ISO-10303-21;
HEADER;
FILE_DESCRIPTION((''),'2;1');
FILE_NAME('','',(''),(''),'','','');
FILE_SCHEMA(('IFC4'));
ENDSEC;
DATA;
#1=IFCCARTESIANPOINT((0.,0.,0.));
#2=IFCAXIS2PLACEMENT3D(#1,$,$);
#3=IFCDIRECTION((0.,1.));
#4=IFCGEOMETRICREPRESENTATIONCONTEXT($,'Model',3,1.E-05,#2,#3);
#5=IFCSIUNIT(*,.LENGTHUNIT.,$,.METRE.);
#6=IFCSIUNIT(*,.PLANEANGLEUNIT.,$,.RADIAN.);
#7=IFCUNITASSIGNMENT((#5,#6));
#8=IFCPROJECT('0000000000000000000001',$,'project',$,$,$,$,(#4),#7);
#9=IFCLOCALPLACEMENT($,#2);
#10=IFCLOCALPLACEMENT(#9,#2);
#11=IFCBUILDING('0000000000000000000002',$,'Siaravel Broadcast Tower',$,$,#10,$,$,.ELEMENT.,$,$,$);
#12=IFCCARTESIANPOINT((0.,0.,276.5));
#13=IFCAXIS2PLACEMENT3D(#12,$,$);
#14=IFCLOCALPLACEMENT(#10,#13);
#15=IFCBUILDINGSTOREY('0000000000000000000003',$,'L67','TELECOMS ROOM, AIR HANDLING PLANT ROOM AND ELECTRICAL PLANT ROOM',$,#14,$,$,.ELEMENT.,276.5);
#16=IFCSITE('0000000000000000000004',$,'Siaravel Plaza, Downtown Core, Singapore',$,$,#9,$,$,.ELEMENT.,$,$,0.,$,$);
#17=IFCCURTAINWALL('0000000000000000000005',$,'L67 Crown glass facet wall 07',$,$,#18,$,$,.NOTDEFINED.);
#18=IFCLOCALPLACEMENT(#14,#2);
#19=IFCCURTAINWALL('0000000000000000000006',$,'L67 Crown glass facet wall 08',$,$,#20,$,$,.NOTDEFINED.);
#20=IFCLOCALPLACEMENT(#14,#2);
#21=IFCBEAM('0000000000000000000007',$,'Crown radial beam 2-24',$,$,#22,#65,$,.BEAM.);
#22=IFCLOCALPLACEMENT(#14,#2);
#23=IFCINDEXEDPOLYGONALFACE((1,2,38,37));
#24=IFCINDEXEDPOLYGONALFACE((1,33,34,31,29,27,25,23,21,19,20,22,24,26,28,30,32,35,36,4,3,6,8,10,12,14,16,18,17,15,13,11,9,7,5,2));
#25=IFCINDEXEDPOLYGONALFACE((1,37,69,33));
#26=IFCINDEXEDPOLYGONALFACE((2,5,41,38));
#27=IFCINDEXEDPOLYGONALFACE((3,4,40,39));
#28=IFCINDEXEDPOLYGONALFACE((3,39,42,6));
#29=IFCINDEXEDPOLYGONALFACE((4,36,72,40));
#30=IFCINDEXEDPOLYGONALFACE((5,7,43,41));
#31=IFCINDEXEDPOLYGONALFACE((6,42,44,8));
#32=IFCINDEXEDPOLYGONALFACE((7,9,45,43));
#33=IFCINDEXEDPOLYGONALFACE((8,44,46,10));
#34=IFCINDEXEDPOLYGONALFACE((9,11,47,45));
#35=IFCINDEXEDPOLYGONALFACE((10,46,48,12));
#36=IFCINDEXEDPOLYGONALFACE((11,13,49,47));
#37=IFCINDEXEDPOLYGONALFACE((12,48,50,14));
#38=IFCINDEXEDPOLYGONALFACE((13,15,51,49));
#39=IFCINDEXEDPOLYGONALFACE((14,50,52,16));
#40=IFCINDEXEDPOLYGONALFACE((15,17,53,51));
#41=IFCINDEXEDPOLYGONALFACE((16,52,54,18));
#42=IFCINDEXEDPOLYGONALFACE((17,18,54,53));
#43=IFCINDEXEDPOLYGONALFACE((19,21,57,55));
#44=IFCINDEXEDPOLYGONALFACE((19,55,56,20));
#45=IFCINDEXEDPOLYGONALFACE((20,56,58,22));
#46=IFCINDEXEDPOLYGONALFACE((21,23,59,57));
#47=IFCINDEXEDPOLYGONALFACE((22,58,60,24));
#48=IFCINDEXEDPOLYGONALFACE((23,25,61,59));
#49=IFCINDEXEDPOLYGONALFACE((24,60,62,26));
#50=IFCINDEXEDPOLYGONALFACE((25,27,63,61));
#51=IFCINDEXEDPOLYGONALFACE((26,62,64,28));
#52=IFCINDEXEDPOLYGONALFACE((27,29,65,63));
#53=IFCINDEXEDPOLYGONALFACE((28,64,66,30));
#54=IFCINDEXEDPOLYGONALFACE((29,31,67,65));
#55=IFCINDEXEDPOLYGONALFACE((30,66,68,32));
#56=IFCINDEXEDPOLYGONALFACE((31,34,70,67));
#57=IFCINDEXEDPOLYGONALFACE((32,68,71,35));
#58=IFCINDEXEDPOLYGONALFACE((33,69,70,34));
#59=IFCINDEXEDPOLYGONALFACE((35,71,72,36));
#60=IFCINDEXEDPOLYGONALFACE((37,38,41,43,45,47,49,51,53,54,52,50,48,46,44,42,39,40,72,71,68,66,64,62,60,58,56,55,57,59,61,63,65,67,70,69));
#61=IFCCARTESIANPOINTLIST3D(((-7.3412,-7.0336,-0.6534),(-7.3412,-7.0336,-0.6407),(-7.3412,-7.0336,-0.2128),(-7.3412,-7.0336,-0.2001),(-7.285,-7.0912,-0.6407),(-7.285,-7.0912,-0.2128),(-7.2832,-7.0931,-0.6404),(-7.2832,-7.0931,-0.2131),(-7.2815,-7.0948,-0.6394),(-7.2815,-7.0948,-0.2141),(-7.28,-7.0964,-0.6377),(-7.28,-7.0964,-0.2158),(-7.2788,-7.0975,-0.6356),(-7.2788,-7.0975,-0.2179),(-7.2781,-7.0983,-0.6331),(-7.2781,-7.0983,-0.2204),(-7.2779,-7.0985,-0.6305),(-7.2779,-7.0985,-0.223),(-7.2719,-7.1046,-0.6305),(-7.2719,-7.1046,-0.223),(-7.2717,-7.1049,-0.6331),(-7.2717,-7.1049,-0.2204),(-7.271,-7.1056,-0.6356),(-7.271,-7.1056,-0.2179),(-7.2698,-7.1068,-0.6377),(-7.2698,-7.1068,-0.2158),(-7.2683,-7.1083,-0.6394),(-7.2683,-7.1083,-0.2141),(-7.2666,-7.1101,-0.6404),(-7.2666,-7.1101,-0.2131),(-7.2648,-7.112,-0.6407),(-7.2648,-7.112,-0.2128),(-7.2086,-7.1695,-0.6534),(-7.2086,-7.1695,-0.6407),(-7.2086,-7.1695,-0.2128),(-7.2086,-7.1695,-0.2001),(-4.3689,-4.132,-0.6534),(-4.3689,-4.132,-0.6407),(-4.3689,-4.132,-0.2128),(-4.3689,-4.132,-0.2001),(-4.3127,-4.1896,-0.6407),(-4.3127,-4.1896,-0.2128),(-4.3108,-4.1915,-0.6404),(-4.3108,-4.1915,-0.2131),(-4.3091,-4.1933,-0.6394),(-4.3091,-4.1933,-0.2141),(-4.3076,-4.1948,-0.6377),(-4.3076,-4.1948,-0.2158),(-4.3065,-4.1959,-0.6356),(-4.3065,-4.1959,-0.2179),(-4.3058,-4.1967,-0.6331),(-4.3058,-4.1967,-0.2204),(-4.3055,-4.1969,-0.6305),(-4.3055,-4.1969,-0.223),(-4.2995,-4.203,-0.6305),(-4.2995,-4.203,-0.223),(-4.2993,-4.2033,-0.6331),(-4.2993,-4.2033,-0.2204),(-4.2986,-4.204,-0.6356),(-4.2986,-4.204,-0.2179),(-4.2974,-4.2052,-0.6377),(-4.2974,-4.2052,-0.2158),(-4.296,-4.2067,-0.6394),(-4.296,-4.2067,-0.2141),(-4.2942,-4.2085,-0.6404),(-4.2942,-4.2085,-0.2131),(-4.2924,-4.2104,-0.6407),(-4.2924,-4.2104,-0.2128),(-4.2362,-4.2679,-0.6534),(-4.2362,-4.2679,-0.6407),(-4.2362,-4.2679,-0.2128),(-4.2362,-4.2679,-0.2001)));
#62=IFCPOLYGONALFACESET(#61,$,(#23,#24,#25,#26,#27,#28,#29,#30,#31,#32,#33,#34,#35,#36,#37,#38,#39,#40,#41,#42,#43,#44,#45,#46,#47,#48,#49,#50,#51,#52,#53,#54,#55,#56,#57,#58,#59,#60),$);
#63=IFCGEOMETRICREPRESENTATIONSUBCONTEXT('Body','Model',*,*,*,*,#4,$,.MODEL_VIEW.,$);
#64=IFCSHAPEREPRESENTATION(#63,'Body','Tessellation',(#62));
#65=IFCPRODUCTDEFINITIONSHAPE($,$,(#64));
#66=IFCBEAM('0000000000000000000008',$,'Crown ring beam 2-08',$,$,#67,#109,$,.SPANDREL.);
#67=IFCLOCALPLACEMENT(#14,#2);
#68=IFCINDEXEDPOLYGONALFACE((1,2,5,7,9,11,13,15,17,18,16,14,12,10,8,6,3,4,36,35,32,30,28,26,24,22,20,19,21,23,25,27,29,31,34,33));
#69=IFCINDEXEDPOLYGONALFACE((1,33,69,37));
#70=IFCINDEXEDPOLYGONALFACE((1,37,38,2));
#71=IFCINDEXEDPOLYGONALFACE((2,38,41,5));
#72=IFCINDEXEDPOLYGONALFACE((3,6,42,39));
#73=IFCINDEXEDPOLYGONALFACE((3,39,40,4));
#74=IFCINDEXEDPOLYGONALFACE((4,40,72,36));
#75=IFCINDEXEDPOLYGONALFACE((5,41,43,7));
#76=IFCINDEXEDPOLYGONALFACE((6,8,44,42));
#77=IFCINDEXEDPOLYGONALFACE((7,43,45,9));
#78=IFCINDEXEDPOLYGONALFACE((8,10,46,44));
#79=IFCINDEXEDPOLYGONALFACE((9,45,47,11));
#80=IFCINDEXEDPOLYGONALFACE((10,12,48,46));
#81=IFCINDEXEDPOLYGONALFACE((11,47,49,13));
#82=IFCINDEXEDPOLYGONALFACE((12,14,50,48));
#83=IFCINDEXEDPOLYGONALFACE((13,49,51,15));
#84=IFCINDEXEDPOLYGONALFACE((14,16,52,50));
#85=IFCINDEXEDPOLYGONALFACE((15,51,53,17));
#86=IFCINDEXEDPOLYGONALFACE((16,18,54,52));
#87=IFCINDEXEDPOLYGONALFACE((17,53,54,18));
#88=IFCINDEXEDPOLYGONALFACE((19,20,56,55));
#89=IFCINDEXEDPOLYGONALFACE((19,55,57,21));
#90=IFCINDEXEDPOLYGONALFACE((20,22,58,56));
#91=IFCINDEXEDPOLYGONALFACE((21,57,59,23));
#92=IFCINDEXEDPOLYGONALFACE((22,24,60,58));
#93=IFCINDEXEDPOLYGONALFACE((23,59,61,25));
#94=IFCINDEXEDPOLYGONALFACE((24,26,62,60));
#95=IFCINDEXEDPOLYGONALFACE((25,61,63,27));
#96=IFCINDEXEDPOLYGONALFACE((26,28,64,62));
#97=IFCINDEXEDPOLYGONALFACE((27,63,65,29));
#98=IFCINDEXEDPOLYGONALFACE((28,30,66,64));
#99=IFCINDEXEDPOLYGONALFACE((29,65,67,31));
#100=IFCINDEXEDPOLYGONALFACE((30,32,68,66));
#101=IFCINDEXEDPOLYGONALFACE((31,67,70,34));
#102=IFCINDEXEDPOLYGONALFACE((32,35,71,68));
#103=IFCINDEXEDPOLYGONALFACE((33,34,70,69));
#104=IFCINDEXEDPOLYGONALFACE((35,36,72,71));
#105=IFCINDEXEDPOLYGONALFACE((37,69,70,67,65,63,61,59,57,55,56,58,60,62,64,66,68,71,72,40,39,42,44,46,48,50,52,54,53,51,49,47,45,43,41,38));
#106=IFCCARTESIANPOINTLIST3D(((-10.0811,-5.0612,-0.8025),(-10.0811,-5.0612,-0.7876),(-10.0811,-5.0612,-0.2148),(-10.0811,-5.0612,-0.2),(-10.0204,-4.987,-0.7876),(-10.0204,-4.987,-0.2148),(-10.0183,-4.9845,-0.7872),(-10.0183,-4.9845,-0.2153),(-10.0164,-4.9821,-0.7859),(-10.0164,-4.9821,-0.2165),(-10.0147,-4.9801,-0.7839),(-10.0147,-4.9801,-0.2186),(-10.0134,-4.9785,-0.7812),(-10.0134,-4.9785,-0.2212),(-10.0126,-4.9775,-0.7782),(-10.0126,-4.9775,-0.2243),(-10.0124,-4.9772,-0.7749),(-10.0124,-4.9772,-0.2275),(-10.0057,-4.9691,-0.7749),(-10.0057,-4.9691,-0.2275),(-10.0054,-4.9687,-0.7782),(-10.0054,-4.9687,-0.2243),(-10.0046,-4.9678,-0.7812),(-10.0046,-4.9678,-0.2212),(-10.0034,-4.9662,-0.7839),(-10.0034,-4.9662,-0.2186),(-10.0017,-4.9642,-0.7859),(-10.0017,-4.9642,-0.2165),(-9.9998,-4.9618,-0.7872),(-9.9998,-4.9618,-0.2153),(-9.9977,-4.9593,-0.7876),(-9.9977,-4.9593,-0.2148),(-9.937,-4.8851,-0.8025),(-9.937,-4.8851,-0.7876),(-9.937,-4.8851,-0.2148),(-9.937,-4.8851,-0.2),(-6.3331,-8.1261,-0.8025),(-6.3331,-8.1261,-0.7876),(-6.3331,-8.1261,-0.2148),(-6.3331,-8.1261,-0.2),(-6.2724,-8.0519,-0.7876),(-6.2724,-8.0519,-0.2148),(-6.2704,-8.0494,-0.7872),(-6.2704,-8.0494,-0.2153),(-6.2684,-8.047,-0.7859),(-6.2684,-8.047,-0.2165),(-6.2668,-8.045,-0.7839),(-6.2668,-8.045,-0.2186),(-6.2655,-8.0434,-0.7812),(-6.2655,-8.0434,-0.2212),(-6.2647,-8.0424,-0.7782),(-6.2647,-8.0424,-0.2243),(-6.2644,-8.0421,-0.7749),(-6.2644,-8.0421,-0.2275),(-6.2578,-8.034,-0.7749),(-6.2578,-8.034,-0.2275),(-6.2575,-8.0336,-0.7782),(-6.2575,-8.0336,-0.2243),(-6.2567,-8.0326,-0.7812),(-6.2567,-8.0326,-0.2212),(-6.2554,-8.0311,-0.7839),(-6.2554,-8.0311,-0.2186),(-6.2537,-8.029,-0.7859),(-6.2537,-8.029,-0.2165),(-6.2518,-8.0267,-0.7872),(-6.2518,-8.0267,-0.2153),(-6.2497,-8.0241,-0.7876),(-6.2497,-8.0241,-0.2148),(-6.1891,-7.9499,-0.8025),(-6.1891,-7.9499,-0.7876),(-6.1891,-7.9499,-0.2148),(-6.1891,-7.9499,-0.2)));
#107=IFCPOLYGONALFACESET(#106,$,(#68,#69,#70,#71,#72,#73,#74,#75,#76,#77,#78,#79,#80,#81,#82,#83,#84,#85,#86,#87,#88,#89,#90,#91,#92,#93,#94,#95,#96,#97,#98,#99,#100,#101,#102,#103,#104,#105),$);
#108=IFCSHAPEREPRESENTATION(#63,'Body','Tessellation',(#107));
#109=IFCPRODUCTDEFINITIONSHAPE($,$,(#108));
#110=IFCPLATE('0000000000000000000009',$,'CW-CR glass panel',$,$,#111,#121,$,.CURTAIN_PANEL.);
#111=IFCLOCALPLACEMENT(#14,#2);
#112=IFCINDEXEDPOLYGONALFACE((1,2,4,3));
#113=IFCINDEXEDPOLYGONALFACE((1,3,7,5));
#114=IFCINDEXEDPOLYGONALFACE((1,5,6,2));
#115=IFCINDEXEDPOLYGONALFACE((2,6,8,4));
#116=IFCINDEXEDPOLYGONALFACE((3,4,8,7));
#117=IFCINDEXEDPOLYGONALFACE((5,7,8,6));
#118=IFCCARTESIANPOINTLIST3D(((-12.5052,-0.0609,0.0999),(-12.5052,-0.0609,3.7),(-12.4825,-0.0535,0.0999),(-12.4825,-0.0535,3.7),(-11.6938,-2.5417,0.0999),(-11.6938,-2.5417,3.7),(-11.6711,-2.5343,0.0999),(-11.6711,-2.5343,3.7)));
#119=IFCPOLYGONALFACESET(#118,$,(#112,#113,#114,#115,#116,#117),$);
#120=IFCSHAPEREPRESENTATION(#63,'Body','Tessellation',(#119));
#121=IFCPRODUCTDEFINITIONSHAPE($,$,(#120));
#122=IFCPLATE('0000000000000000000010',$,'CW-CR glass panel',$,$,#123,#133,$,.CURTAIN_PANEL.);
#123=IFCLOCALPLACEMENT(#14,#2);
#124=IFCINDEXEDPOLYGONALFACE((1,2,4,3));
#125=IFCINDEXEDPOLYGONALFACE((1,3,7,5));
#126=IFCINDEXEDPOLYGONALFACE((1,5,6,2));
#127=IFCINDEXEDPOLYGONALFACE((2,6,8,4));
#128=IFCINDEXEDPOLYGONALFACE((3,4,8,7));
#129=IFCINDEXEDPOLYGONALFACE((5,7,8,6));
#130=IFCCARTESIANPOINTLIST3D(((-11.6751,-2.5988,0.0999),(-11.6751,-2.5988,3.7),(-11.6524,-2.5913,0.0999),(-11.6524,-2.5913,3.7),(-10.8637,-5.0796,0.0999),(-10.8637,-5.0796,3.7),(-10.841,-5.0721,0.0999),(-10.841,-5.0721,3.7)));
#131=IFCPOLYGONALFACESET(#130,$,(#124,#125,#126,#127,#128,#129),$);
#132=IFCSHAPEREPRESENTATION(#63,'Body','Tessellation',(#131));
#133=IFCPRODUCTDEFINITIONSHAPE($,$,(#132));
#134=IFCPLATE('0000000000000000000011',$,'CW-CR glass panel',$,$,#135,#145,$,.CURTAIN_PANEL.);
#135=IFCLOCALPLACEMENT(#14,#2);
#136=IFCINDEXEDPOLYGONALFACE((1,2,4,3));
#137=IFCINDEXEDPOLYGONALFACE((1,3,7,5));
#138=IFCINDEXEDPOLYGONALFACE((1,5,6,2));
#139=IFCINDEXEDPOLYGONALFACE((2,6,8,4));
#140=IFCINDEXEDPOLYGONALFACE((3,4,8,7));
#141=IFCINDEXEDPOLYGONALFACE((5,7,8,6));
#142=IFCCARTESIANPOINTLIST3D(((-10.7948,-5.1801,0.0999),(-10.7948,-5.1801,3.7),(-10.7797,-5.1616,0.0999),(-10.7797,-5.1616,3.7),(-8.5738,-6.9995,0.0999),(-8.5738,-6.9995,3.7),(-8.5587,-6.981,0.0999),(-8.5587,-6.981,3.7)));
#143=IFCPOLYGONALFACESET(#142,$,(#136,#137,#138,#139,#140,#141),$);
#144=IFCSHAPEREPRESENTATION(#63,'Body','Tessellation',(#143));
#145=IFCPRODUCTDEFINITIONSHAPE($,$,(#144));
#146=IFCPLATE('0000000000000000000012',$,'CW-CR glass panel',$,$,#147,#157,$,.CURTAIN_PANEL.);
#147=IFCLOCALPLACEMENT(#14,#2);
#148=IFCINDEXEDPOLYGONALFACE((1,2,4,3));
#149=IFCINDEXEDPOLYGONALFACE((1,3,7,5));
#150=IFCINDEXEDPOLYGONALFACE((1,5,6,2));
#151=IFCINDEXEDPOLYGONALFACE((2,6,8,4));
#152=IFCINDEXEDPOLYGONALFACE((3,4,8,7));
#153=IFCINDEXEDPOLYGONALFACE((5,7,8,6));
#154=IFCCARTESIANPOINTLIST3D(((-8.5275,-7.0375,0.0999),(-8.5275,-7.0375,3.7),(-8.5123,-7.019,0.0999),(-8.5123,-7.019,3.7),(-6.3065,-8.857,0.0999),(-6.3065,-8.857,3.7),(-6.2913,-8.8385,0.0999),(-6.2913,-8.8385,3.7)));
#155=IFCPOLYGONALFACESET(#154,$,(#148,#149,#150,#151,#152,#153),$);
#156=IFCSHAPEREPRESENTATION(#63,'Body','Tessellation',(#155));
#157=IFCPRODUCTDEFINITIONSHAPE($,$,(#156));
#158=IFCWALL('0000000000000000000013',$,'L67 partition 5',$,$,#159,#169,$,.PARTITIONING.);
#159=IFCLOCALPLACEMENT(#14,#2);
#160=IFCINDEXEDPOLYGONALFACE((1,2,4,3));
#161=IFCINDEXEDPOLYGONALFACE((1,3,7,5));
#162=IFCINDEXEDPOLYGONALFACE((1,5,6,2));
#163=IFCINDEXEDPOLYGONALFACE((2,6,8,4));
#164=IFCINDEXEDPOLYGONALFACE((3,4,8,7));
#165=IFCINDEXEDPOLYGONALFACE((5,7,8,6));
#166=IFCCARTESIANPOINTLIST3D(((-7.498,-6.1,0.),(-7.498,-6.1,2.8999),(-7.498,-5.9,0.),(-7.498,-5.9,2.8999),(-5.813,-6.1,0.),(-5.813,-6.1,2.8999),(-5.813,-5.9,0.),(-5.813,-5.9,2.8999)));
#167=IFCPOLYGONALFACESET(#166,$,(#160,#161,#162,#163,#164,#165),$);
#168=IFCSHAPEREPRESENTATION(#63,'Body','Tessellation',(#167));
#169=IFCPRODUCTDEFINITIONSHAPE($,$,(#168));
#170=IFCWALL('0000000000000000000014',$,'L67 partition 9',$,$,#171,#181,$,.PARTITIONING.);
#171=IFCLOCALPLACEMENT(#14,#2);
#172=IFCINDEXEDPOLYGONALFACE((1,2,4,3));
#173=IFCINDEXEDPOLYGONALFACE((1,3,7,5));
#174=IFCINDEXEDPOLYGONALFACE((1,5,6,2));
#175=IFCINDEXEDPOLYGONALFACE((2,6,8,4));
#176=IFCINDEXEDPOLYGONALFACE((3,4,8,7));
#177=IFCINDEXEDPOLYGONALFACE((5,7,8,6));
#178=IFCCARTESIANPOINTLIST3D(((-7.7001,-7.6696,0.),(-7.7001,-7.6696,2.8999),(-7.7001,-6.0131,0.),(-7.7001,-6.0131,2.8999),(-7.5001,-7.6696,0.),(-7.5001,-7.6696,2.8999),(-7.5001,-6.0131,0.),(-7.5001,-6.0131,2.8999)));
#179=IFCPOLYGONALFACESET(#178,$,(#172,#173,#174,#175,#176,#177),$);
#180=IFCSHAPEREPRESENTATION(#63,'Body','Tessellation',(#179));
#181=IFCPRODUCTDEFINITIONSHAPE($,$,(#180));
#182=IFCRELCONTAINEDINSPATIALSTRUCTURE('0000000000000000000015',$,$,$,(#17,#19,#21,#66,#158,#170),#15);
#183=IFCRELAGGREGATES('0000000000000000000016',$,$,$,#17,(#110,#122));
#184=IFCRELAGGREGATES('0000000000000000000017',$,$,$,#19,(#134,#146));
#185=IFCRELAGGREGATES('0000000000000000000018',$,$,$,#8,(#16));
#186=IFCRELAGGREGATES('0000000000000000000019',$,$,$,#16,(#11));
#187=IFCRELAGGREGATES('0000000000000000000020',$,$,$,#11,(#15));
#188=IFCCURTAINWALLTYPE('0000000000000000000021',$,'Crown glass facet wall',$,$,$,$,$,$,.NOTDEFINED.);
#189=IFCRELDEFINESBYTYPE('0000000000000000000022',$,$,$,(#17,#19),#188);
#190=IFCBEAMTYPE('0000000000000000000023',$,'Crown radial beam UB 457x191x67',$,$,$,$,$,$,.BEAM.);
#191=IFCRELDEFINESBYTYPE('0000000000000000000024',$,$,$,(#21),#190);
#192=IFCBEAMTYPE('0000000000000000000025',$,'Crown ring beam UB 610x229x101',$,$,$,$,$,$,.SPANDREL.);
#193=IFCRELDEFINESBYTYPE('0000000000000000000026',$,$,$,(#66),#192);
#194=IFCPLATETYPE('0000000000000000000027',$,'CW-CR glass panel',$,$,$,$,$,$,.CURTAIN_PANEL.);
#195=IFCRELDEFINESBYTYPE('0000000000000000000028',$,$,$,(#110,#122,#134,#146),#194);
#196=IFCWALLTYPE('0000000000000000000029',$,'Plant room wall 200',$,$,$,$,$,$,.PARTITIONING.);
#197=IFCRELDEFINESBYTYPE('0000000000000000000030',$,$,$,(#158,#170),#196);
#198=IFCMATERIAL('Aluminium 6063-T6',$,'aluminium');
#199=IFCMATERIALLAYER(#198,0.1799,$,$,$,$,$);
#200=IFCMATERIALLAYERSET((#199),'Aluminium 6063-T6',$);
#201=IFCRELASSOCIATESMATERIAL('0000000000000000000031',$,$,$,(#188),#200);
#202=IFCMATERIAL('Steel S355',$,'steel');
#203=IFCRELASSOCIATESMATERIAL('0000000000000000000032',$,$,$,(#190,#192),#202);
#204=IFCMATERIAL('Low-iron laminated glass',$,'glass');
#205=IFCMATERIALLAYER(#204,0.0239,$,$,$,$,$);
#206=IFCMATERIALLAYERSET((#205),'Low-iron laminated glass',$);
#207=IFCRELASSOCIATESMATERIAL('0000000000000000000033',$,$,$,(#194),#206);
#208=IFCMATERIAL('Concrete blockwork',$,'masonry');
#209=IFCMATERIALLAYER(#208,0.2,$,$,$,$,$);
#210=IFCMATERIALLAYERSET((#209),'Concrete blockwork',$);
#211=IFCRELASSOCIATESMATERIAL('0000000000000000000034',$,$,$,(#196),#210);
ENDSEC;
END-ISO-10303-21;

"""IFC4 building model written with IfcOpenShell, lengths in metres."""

from ifc_helpers import new_model, si_unit, direction, frame, frame_2d, origin, origin_2d, place, context, subcontext, project, spatial, rectangle, i_section, extrude, material, layer, layer_set, material_profile, profile_set, type_object, element, aggregate, save


model = new_model("IFC4")

# Units and contexts
model_context = context("Model", 3, precision=1e-05, world=origin(), true_north=direction((0.0, 1.0)))
body_context = subcontext(model_context, "Body", "Model", "MODEL_VIEW")
ifc_project = project(units=[si_unit("LENGTHUNIT", "METRE"), si_unit("PLANEANGLEUNIT", "RADIAN")], contexts=[model_context])

# Site, building, storey
site_placement = place(None, origin())
site = spatial("IfcSite", under=ifc_project, at=site_placement, Name="Siaravel Plaza, Downtown Core, Singapore", CompositionType="ELEMENT", RefElevation=0.0)
building_placement = place(site_placement, origin())
building = spatial("IfcBuilding", under=site, at=building_placement, Name="Siaravel Broadcast Tower", CompositionType="ELEMENT")
storey_placement = place(building_placement, frame((0.0, 0.0, 276.5)))
storey = spatial("IfcBuildingStorey", under=building, at=storey_placement, Name="L67", Description="TELECOMS ROOM, AIR HANDLING PLANT ROOM AND ELECTRICAL PLANT ROOM", CompositionType="ELEMENT", Elevation=276.5)

# Curtain walls
ifc_material_1 = material(Name="Aluminium 6063-T6", Category="aluminium")
ifc_layer_1 = layer(ifc_material_1, 0.1799)
ifc_layer_set_1 = layer_set([ifc_layer_1], Name="Aluminium 6063-T6")
curtain_wall_type = type_object("IfcCurtainWallType", Name="Crown glass facet wall", PredefinedType="NOTDEFINED", material=ifc_layer_set_1)
curtain_wall_1_placement = place(storey_placement, origin())
curtain_wall_1 = element("IfcCurtainWall", 1, at=curtain_wall_1_placement, inside=storey, type_object=curtain_wall_type, Name="L67 Crown glass facet wall 07", PredefinedType="NOTDEFINED")
curtain_wall_2_placement = place(storey_placement, origin())
curtain_wall_2 = element("IfcCurtainWall", 2, at=curtain_wall_2_placement, inside=storey, type_object=curtain_wall_type, Name="L67 Crown glass facet wall 08", PredefinedType="NOTDEFINED")

# Beams
ifc_material_2 = material(Name="Steel S355", Category="steel")
ifc_material_profile_1 = material_profile(ifc_material_2, i_section(OverallWidth=0.1899, OverallDepth=0.4534, WebThickness=0.0085, FlangeThickness=0.0127, FilletRadius=0.0103, at=origin_2d()))
ifc_profile_set_1 = profile_set([ifc_material_profile_1], Name="Steel S355")
beam_type_1 = type_object("IfcBeamType", Name="Crown radial beam UB 457x191x67", PredefinedType="BEAM", material=ifc_profile_set_1)
beam_1_placement = place(storey_placement, frame((-7.2749, -7.1016, -0.4268), z_axis=(0.715578, 0.698533, 0.0), x_axis=(-0.698533, 0.715578, 0.0)))
element("IfcBeam", 3, at=beam_1_placement, inside=storey, type_object=beam_type_1, Name="Crown radial beam 2-24", PredefinedType="BEAM", context=body_context, shape_type="SweptSolid", body=[
    extrude(i_section(OverallWidth=0.1899, OverallDepth=0.4534, WebThickness=0.0085, FlangeThickness=0.0127, FilletRadius=0.0103, at=origin_2d()), origin(), (0.0, 0.0, 1.0), 4.1538),
])
ifc_material_profile_2 = material_profile(ifc_material_2, i_section(OverallWidth=0.2275, OverallDepth=0.6025, WebThickness=0.0105, FlangeThickness=0.0149, FilletRadius=0.0127, at=origin_2d()))
ifc_profile_set_2 = profile_set([ifc_material_profile_2], Name="Steel S355")
beam_type_2 = type_object("IfcBeamType", Name="Crown ring beam UB 610x229x101", PredefinedType="SPANDREL", material=ifc_profile_set_2)
beam_2_placement = place(storey_placement, frame((-10.009, -4.9731, -0.5012), z_axis=(0.774124, -0.633035, 0.0), x_axis=(0.633035, 0.774124, 0.0)))
element("IfcBeam", 4, at=beam_2_placement, inside=storey, type_object=beam_type_2, Name="Crown ring beam 2-08", PredefinedType="SPANDREL", context=body_context, shape_type="SweptSolid", body=[
    extrude(i_section(OverallWidth=0.2275, OverallDepth=0.6025, WebThickness=0.0105, FlangeThickness=0.0149, FilletRadius=0.0127, at=origin_2d()), origin(), (0.0, 0.0, 1.0), 4.8416),
])

# Plates
ifc_material_3 = material(Name="Low-iron laminated glass", Category="glass")
ifc_layer_2 = layer(ifc_material_3, 0.0239)
ifc_layer_set_2 = layer_set([ifc_layer_2], Name="Low-iron laminated glass")
plate_type = type_object("IfcPlateType", Name="CW-CR glass panel", PredefinedType="CURTAIN_PANEL", material=ifc_layer_set_2)
plate_1_placement = place(storey_placement, frame((-12.0881, -1.2976, 0.0999), z_axis=(0.0, 0.0, 1.0), x_axis=(0.31086, -0.950456, 0.0)))
plate_1 = element("IfcPlate", 5, at=plate_1_placement, type_object=plate_type, Name="CW-CR glass panel", PredefinedType="CURTAIN_PANEL", context=body_context, shape_type="SweptSolid", body=[
    extrude(rectangle(XDim=2.6101, YDim=0.0239, at=origin_2d()), origin(), (0.0, 0.0, 1.0), 3.6001),
])
plate_2_placement = place(storey_placement, frame((-11.2581, -3.8354, 0.0999), z_axis=(0.0, 0.0, 1.0), x_axis=(0.31086, -0.950456, 0.0)))
plate_2 = element("IfcPlate", 6, at=plate_2_placement, type_object=plate_type, Name="CW-CR glass panel", PredefinedType="CURTAIN_PANEL", context=body_context, shape_type="SweptSolid", body=[
    extrude(rectangle(XDim=2.6101, YDim=0.0239, at=origin_2d()), origin(), (0.0, 0.0, 1.0), 3.6001),
])
aggregate(curtain_wall_1, [plate_1, plate_2])
plate_3_placement = place(storey_placement, frame((-9.6768, -6.0806, 0.0999), z_axis=(0.0, 0.0, 1.0), x_axis=(0.773569, -0.633713, 0.0)))
plate_3 = element("IfcPlate", 7, at=plate_3_placement, type_object=plate_type, Name="CW-CR glass panel", PredefinedType="CURTAIN_PANEL", context=body_context, shape_type="SweptSolid", body=[
    extrude(rectangle(XDim=2.8711, YDim=0.0239, at=origin_2d()), origin(), (0.0, 0.0, 1.0), 3.6001),
])
plate_4_placement = place(storey_placement, frame((-7.4094, -7.938, 0.0999), z_axis=(0.0, 0.0, 1.0), x_axis=(0.773569, -0.633713, 0.0)))
plate_4 = element("IfcPlate", 8, at=plate_4_placement, type_object=plate_type, Name="CW-CR glass panel", PredefinedType="CURTAIN_PANEL", context=body_context, shape_type="SweptSolid", body=[
    extrude(rectangle(XDim=2.8711, YDim=0.0239, at=origin_2d()), origin(), (0.0, 0.0, 1.0), 3.6001),
])
aggregate(curtain_wall_2, [plate_3, plate_4])

# Walls
ifc_material_4 = material(Name="Concrete blockwork", Category="masonry")
ifc_layer_3 = layer(ifc_material_4, 0.2)
ifc_layer_set_3 = layer_set([ifc_layer_3], Name="Concrete blockwork")
wall_type = type_object("IfcWallType", Name="Plant room wall 200", PredefinedType="PARTITIONING", material=ifc_layer_set_3)
wall_1_placement = place(storey_placement, frame((-7.498, -6.0, 0.0), z_axis=(0.0, 0.0, 1.0), x_axis=(1.0, 0.0, 0.0)))
element("IfcWall", 9, at=wall_1_placement, inside=storey, type_object=wall_type, Name="L67 partition 5", PredefinedType="PARTITIONING", context=body_context, shape_type="SweptSolid", body=[
    extrude(rectangle(XDim=1.6851, YDim=0.2, at=frame_2d((0.8425, 0.0))), origin(), (0.0, 0.0, 1.0), 2.8999),
])
wall_2_placement = place(storey_placement, frame((-7.6001, -7.6694, 0.0), z_axis=(0.0, 0.0, 1.0), x_axis=(0.0, 1.0, 0.0)))
element("IfcWall", 10, at=wall_2_placement, inside=storey, type_object=wall_type, Name="L67 partition 9", PredefinedType="PARTITIONING", context=body_context, shape_type="SweptSolid", body=[
    extrude(rectangle(XDim=1.6565, YDim=0.2, at=frame_2d((0.8281, 0.0))), origin(), (0.0, 0.0, 1.0), 2.8999),
])

save(model, "model.ifc")
